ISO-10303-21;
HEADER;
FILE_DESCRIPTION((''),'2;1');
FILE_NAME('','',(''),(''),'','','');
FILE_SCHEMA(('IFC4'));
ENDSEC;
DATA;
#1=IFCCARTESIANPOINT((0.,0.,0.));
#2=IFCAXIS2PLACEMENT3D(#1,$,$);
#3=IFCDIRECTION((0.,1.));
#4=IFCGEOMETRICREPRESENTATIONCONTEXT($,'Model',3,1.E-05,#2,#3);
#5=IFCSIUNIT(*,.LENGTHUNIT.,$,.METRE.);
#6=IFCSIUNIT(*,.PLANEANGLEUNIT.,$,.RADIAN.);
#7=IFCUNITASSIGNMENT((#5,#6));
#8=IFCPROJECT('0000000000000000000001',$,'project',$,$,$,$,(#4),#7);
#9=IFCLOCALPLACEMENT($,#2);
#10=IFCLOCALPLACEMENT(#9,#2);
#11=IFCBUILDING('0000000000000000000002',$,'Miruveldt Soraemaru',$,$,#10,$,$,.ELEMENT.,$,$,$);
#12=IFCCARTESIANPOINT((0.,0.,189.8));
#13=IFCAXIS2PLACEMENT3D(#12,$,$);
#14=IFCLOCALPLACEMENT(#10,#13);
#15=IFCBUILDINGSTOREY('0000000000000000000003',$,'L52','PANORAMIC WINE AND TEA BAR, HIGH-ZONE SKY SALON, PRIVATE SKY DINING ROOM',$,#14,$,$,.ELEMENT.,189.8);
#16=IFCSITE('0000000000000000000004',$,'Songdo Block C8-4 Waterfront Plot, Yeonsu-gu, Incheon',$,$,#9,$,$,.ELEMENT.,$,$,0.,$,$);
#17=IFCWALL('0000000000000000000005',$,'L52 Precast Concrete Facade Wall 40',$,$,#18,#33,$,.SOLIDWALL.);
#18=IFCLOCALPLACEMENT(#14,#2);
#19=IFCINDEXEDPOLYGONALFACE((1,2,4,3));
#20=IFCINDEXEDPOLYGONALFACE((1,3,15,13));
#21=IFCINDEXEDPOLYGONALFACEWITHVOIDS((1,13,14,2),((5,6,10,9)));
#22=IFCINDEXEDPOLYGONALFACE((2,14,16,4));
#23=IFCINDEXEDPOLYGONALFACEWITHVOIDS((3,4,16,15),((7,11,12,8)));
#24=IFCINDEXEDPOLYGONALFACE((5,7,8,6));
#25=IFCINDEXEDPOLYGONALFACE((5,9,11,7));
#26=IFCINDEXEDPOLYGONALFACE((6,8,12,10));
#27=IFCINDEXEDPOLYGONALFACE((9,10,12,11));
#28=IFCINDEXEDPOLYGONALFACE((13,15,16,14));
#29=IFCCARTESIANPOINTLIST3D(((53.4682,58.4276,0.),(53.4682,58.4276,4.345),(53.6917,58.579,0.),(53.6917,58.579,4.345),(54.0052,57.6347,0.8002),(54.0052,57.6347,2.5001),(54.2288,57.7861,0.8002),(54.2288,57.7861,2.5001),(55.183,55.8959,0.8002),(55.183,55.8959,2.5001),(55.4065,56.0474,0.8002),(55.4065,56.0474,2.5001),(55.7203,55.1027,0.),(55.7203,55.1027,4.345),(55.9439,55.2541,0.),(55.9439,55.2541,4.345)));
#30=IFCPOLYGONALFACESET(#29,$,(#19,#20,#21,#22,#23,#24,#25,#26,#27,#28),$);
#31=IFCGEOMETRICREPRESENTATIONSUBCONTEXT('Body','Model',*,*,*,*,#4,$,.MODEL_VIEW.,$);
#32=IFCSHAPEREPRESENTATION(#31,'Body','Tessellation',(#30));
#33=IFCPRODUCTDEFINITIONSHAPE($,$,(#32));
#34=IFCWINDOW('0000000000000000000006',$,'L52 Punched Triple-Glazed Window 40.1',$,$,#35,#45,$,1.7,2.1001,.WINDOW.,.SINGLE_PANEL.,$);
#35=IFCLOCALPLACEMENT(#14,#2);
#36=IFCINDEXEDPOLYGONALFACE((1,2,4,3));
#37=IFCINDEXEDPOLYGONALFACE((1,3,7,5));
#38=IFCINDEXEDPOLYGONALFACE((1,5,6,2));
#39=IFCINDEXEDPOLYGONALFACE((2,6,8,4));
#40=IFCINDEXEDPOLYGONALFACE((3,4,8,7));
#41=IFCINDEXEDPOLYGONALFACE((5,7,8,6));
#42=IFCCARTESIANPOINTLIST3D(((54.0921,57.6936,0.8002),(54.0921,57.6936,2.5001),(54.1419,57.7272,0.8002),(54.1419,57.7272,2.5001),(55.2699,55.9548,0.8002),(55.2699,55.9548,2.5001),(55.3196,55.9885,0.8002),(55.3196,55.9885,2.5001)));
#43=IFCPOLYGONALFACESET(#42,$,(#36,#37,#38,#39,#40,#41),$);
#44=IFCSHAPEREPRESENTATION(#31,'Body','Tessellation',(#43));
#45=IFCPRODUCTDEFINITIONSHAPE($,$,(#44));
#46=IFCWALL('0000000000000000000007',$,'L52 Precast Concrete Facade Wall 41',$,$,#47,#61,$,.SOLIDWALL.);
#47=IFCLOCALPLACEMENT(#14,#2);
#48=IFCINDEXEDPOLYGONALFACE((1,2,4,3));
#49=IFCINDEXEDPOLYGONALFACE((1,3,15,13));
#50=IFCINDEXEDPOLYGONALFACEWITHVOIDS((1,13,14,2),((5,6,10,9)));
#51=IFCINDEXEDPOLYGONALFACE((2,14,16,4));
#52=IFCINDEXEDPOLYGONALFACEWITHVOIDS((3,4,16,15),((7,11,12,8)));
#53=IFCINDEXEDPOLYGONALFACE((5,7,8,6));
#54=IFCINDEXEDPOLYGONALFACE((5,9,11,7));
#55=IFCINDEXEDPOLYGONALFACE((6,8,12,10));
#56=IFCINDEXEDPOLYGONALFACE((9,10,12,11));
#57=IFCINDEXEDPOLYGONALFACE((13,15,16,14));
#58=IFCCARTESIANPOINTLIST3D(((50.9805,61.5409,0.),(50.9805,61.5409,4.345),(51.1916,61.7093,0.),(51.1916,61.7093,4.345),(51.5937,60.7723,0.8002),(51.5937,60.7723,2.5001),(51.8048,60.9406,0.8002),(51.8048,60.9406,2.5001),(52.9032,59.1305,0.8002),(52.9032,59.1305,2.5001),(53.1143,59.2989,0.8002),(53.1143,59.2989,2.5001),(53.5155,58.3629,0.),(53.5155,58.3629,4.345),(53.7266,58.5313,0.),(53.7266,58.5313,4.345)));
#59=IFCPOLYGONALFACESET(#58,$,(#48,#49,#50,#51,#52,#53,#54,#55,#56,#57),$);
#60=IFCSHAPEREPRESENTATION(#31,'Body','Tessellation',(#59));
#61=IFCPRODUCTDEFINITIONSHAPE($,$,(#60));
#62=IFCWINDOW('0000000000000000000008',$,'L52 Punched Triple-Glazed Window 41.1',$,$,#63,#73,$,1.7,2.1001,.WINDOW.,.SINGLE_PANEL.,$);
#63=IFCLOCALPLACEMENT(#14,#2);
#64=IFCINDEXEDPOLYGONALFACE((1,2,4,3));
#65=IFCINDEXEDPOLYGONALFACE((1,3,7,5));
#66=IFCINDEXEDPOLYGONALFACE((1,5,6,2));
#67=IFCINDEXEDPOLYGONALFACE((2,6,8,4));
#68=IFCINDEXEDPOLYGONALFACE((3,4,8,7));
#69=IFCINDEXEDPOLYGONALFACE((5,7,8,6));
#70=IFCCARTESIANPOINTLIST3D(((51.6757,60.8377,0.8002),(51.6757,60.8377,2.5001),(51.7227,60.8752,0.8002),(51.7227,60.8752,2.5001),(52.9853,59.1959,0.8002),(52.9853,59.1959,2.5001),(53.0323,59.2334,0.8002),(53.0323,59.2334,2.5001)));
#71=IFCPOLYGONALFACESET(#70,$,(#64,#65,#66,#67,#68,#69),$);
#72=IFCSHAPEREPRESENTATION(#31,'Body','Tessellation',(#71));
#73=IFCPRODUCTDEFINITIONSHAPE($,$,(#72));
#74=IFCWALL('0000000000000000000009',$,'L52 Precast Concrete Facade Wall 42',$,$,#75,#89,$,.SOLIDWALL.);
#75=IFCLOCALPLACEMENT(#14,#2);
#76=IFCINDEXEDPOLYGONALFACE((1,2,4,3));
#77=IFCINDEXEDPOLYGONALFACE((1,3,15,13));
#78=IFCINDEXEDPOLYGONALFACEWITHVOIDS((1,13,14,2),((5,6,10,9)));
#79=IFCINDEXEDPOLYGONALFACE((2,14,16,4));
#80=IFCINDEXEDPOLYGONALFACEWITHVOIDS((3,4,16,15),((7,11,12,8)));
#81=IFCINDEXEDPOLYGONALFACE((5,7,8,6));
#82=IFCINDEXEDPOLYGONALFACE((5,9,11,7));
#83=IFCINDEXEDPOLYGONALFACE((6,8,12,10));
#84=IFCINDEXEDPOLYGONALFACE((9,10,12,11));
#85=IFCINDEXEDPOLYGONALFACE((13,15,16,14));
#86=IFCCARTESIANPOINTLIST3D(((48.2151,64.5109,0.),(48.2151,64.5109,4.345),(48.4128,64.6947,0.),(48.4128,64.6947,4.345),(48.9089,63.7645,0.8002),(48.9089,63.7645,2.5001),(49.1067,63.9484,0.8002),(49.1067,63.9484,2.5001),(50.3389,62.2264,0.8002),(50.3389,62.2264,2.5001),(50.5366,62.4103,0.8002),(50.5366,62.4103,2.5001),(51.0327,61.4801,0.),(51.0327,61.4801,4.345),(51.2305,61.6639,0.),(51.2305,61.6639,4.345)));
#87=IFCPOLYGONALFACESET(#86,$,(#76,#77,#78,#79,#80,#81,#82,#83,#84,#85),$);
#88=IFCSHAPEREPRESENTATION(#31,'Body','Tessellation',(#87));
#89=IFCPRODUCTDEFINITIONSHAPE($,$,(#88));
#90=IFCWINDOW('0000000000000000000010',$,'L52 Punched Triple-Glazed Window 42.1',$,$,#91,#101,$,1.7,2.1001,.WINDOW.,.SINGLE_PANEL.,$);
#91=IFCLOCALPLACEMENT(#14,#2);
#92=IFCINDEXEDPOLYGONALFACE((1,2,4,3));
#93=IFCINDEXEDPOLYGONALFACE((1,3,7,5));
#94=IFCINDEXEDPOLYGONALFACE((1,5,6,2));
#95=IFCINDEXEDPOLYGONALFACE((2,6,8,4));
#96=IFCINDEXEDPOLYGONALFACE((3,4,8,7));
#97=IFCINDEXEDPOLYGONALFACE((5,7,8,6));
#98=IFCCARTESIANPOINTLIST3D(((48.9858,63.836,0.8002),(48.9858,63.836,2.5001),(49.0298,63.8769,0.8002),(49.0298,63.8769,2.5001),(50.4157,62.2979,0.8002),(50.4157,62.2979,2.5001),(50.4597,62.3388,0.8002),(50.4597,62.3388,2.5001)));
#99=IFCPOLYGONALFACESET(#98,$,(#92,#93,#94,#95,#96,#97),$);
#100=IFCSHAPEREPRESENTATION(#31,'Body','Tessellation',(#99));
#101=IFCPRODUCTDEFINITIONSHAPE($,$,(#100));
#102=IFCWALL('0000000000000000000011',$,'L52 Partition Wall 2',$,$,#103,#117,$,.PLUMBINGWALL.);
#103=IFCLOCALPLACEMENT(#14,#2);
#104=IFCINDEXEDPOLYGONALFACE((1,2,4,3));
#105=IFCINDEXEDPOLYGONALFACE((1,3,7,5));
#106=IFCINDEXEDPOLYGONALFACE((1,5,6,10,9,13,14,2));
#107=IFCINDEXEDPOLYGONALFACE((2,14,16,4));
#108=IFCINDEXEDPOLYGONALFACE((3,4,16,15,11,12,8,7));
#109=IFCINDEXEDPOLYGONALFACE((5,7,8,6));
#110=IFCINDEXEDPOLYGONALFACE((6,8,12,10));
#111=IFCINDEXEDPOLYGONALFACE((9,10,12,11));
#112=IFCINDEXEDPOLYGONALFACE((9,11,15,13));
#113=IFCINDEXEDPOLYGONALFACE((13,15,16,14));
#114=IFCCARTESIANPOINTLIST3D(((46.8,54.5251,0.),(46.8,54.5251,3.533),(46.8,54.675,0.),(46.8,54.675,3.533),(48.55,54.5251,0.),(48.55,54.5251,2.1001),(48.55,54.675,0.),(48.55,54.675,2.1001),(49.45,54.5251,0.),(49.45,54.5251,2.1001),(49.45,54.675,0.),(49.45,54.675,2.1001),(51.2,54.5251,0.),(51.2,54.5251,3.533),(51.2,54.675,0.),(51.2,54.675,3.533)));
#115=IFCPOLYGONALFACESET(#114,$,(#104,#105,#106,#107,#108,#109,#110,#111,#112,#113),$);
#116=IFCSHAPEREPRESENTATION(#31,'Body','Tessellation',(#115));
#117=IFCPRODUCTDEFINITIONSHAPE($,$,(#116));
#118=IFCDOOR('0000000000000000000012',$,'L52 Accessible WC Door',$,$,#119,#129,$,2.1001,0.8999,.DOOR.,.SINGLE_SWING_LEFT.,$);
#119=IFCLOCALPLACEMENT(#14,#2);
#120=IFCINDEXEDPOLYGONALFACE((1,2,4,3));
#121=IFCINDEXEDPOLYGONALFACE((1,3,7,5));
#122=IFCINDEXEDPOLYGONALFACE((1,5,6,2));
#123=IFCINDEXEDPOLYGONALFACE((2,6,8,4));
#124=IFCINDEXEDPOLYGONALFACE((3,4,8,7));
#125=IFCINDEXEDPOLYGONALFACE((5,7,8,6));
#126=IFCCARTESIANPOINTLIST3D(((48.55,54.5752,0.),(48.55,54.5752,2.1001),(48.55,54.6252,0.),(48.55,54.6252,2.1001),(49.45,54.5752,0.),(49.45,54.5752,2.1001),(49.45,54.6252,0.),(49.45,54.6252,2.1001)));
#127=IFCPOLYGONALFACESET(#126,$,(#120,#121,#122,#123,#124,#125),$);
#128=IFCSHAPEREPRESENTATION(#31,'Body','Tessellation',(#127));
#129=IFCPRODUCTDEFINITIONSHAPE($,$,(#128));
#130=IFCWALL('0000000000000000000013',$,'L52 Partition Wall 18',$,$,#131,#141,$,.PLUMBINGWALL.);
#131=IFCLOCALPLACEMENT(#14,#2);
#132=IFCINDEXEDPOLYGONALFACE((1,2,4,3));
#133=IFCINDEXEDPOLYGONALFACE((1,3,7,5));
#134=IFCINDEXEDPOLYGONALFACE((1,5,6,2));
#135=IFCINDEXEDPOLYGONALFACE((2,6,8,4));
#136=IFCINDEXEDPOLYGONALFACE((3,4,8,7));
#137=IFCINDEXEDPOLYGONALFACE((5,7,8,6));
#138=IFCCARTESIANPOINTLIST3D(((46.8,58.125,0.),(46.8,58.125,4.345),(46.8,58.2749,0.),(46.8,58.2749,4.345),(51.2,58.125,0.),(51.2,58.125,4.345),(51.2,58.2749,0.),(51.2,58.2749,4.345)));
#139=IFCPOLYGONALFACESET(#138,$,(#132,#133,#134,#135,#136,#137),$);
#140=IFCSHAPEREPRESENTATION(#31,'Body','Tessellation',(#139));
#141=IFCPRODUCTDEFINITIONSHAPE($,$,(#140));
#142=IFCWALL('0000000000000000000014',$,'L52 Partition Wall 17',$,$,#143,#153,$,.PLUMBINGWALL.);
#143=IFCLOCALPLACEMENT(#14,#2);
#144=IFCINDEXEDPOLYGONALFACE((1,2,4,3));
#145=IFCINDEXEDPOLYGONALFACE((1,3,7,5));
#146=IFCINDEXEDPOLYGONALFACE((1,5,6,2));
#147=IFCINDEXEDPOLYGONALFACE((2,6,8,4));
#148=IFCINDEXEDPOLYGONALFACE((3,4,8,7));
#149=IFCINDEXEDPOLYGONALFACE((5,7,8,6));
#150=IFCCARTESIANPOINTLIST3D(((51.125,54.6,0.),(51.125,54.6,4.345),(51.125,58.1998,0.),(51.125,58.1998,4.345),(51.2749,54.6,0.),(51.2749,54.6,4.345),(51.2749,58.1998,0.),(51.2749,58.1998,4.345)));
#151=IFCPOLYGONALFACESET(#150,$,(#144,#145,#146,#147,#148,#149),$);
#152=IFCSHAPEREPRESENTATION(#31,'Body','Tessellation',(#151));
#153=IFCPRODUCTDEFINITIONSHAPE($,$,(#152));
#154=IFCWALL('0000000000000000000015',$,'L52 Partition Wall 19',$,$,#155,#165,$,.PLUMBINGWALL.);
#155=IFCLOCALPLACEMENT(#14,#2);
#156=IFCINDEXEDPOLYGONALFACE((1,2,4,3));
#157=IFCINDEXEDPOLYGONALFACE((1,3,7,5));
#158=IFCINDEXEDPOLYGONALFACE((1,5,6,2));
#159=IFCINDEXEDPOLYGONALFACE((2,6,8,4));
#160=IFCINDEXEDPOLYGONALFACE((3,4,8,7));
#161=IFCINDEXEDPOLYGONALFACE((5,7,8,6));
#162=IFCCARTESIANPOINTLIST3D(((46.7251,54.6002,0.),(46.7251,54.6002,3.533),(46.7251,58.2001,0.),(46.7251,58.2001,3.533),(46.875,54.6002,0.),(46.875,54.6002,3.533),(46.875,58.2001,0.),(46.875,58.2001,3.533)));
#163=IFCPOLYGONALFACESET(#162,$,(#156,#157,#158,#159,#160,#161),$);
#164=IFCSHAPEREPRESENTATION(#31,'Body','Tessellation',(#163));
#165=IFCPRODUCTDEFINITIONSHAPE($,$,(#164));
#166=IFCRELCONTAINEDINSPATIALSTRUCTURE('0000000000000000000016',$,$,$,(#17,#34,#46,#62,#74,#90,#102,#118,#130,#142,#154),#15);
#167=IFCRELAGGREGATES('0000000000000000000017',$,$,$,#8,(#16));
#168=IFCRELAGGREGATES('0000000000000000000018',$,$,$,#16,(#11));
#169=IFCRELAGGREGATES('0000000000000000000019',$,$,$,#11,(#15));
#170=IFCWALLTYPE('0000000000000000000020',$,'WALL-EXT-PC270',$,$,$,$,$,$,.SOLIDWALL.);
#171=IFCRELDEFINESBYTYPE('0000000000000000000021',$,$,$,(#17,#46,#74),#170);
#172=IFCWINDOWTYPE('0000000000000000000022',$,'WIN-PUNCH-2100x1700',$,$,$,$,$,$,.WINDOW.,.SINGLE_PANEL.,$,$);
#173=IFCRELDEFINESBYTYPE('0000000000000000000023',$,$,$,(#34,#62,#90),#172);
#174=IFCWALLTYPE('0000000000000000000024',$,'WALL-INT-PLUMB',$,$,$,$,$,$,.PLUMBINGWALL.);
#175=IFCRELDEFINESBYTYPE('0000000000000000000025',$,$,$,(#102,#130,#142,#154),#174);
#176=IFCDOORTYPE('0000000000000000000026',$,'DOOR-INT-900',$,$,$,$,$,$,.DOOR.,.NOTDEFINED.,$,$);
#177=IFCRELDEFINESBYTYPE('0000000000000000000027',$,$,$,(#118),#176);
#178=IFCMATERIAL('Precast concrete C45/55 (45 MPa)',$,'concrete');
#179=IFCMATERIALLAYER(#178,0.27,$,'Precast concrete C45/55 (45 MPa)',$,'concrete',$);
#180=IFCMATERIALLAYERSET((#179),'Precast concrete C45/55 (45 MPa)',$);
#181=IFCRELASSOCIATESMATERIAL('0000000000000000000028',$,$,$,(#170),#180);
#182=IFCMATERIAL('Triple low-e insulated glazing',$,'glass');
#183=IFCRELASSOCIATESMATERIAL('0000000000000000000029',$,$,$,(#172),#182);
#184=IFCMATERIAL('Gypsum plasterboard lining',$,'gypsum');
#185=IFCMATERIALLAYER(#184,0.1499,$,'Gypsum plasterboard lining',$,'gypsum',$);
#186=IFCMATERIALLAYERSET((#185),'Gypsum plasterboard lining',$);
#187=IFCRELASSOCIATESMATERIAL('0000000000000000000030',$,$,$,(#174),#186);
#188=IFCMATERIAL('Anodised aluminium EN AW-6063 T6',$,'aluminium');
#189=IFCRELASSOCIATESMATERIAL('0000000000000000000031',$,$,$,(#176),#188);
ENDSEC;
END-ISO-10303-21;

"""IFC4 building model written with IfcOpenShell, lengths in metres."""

from ifc_helpers import new_model, si_unit, direction, frame, frame_2d, origin, place, context, subcontext, project, spatial, rectangle, extrude, material, layer, layer_set, type_object, element, fill, save


model = new_model("IFC4")

# Units and contexts
model_context = context("Model", 3, precision=1e-05, world=origin(), true_north=direction((0.0, 1.0)))
body_context = subcontext(model_context, "Body", "Model", "MODEL_VIEW")
ifc_project = project(units=[si_unit("LENGTHUNIT", "METRE"), si_unit("PLANEANGLEUNIT", "RADIAN")], contexts=[model_context])

# Site, building, storey
site_placement = place(None, origin())
site = spatial("IfcSite", under=ifc_project, at=site_placement, Name="Songdo Block C8-4 Waterfront Plot, Yeonsu-gu, Incheon", CompositionType="ELEMENT", RefElevation=0.0)
building_placement = place(site_placement, origin())
building = spatial("IfcBuilding", under=site, at=building_placement, Name="Miruveldt Soraemaru", CompositionType="ELEMENT")
storey_placement = place(building_placement, frame((0.0, 0.0, 189.8)))
storey = spatial("IfcBuildingStorey", under=building, at=storey_placement, Name="L52", Description="PANORAMIC WINE AND TEA BAR, HIGH-ZONE SKY SALON, PRIVATE SKY DINING ROOM", CompositionType="ELEMENT", Elevation=189.8)

# Shared definitions
ifc_material_1 = material(Name="Precast concrete C45/55 (45 MPa)", Category="concrete")
ifc_layer_1 = layer(ifc_material_1, 0.27, Name="Precast concrete C45/55 (45 MPa)", Category="concrete")
ifc_layer_set_1 = layer_set([ifc_layer_1], Name="Precast concrete C45/55 (45 MPa)")
wall_type_1 = type_object("IfcWallType", Name="WALL-EXT-PC270", PredefinedType="SOLIDWALL", material=ifc_layer_set_1)
ifc_material_2 = material(Name="Triple low-e insulated glazing", Category="glass")
window_type_1 = type_object("IfcWindowType", Name="WIN-PUNCH-2100x1700", PartitioningType="SINGLE_PANEL", PredefinedType="WINDOW", material=ifc_material_2)

# Walls, openings, windows
wall_1_placement = place(storey_placement, frame((55.832, 55.1785, 0.0), z_axis=(0.0, 0.0, 1.0), x_axis=(-0.560816, 0.827941, 0.0)))
wall_1 = element("IfcWall", 1, at=wall_1_placement, inside=storey, type_object=wall_type_1, Name="L52 Precast Concrete Facade Wall 40", PredefinedType="SOLIDWALL", context=body_context, shape_type="SweptSolid", body=[
    extrude(rectangle(XDim=4.0159, YDim=0.27, at=frame_2d((2.0078, 0.0))), origin(), (0.0, 0.0, 1.0), 4.345),
])
opening_1_placement = place(wall_1_placement, frame((0.958, 0.0, 0.8)))
opening_1 = element("IfcOpeningElement", 2, at=opening_1_placement, cuts=wall_1, PredefinedType="OPENING", context=body_context, shape_type="SweptSolid", body=[
    extrude(rectangle(XDim=2.1001, YDim=1.7, at=frame_2d((1.05, 0.8501))), frame((0.0, 0.145, 0.0), z_axis=(0.0, -1.0, 0.0), x_axis=(1.0, 0.0, 0.0)), (0.0, 0.0, 1.0), 0.29),
])
window_1_placement = place(opening_1_placement, origin())
window_1 = element("IfcWindow", 3, at=window_1_placement, inside=storey, type_object=window_type_1, Name="L52 Punched Triple-Glazed Window 40.1", OverallHeight=1.7, OverallWidth=2.1001, PartitioningType="SINGLE_PANEL", PredefinedType="WINDOW", context=body_context, shape_type="SweptSolid", body=[
    extrude(rectangle(XDim=2.1001, YDim=1.7, at=frame_2d((1.05, 0.8501))), frame((0.0, 0.03, 0.0), z_axis=(0.0, -1.0, 0.0), x_axis=(1.0, 0.0, 0.0)), (0.0, 0.0, 1.0), 0.0601),
])
fill(opening_1, window_1)
wall_2_placement = place(storey_placement, frame((53.6211, 58.447, 0.0), z_axis=(0.0, 0.0, 1.0), x_axis=(-0.623574, 0.781764, 0.0)))
wall_2 = element("IfcWall", 4, at=wall_2_placement, inside=storey, type_object=wall_type_1, Name="L52 Precast Concrete Facade Wall 41", PredefinedType="SOLIDWALL", context=body_context, shape_type="SweptSolid", body=[
    extrude(rectangle(XDim=4.0652, YDim=0.27, at=frame_2d((2.0327, 0.0))), origin(), (0.0, 0.0, 1.0), 4.345),
])
opening_2_placement = place(wall_2_placement, frame((0.9819, 0.0, 0.8)))
opening_2 = element("IfcOpeningElement", 5, at=opening_2_placement, cuts=wall_2, PredefinedType="OPENING", context=body_context, shape_type="SweptSolid", body=[
    extrude(rectangle(XDim=2.1001, YDim=1.7, at=frame_2d((1.05, 0.8501))), frame((0.0, 0.145, 0.0), z_axis=(0.0, -1.0, 0.0), x_axis=(1.0, 0.0, 0.0)), (0.0, 0.0, 1.0), 0.29),
])
window_2_placement = place(opening_2_placement, origin())
window_2 = element("IfcWindow", 6, at=window_2_placement, inside=storey, type_object=window_type_1, Name="L52 Punched Triple-Glazed Window 41.1", OverallHeight=1.7, OverallWidth=2.1001, PartitioningType="SINGLE_PANEL", PredefinedType="WINDOW", context=body_context, shape_type="SweptSolid", body=[
    extrude(rectangle(XDim=2.1001, YDim=1.7, at=frame_2d((1.05, 0.8501))), frame((0.0, 0.03, 0.0), z_axis=(0.0, -1.0, 0.0), x_axis=(1.0, 0.0, 0.0)), (0.0, 0.0, 1.0), 0.0601),
])
fill(opening_2, window_2)
wall_3_placement = place(storey_placement, frame((51.1316, 61.572, 0.0), z_axis=(0.0, 0.0, 1.0), x_axis=(-0.680885, 0.73239, 0.0)))
wall_3 = element("IfcWall", 7, at=wall_3_placement, inside=storey, type_object=wall_type_1, Name="L52 Precast Concrete Facade Wall 42", PredefinedType="SOLIDWALL", context=body_context, shape_type="SweptSolid", body=[
    extrude(rectangle(XDim=4.1382, YDim=0.27, at=frame_2d((2.0691, 0.0))), origin(), (0.0, 0.0, 1.0), 4.345),
])
opening_3_placement = place(wall_3_placement, frame((1.019, 0.0, 0.8)))
opening_3 = element("IfcOpeningElement", 8, at=opening_3_placement, cuts=wall_3, PredefinedType="OPENING", context=body_context, shape_type="SweptSolid", body=[
    extrude(rectangle(XDim=2.1001, YDim=1.7, at=frame_2d((1.05, 0.8501))), frame((0.0, 0.145, 0.0), z_axis=(0.0, -1.0, 0.0), x_axis=(1.0, 0.0, 0.0)), (0.0, 0.0, 1.0), 0.29),
])
window_3_placement = place(opening_3_placement, origin())
window_3 = element("IfcWindow", 9, at=window_3_placement, inside=storey, type_object=window_type_1, Name="L52 Punched Triple-Glazed Window 42.1", OverallHeight=1.7, OverallWidth=2.1001, PartitioningType="SINGLE_PANEL", PredefinedType="WINDOW", context=body_context, shape_type="SweptSolid", body=[
    extrude(rectangle(XDim=2.1001, YDim=1.7, at=frame_2d((1.05, 0.8501))), frame((0.0, 0.03, 0.0), z_axis=(0.0, -1.0, 0.0), x_axis=(1.0, 0.0, 0.0)), (0.0, 0.0, 1.0), 0.0601),
])
fill(opening_3, window_3)

# Wall, opening, door
ifc_material_3 = material(Name="Gypsum plasterboard lining", Category="gypsum")
ifc_layer_2 = layer(ifc_material_3, 0.1499, Name="Gypsum plasterboard lining", Category="gypsum")
ifc_layer_set_2 = layer_set([ifc_layer_2], Name="Gypsum plasterboard lining")
wall_type_2 = type_object("IfcWallType", Name="WALL-INT-PLUMB", PredefinedType="PLUMBINGWALL", material=ifc_layer_set_2)
wall_4_placement = place(storey_placement, frame((51.2, 54.6001, 0.0), z_axis=(0.0, 0.0, 1.0), x_axis=(-1.0, 0.0, 0.0)))
wall_4 = element("IfcWall", 10, at=wall_4_placement, inside=storey, type_object=wall_type_2, Name="L52 Partition Wall 2", PredefinedType="PLUMBINGWALL", context=body_context, shape_type="SweptSolid", body=[
    extrude(rectangle(XDim=4.3999, YDim=0.1499, at=frame_2d((2.2, 0.0))), origin(), (0.0, 0.0, 1.0), 3.533),
])
opening_4_placement = place(wall_4_placement, frame((1.75, 0.0, 0.0)))
opening_4 = element("IfcOpeningElement", 11, at=opening_4_placement, cuts=wall_4, PredefinedType="OPENING", context=body_context, shape_type="SweptSolid", body=[
    extrude(rectangle(XDim=0.8999, YDim=2.1001, at=frame_2d((0.45, 1.05))), frame((0.0, 0.085, 0.0), z_axis=(0.0, -1.0, 0.0), x_axis=(1.0, 0.0, 0.0)), (0.0, 0.0, 1.0), 0.1699),
])
ifc_material_4 = material(Name="Anodised aluminium EN AW-6063 T6", Category="aluminium")
door_type = type_object("IfcDoorType", Name="DOOR-INT-900", OperationType="NOTDEFINED", PredefinedType="DOOR", material=ifc_material_4)
door_placement = place(opening_4_placement, origin())
door = element("IfcDoor", 12, at=door_placement, inside=storey, type_object=door_type, Name="L52 Accessible WC Door", OperationType="SINGLE_SWING_LEFT", OverallHeight=2.1001, OverallWidth=0.8999, PredefinedType="DOOR", context=body_context, shape_type="SweptSolid", body=[
    extrude(rectangle(XDim=0.8999, YDim=2.1001, at=frame_2d((0.45, 1.05))), frame((0.0, 0.0249, 0.0), z_axis=(0.0, -1.0, 0.0), x_axis=(1.0, 0.0, 0.0)), (0.0, 0.0, 1.0), 0.05),
])
fill(opening_4, door)

# Walls
wall_5_placement = place(storey_placement, frame((51.2, 58.2, 0.0), z_axis=(0.0, 0.0, 1.0), x_axis=(-1.0, 0.0, 0.0)))
element("IfcWall", 13, at=wall_5_placement, inside=storey, type_object=wall_type_2, Name="L52 Partition Wall 18", PredefinedType="PLUMBINGWALL", context=body_context, shape_type="SweptSolid", body=[
    extrude(rectangle(XDim=4.3999, YDim=0.1499, at=frame_2d((2.2, 0.0))), origin(), (0.0, 0.0, 1.0), 4.345),
])
wall_6_placement = place(storey_placement, frame((51.2, 54.6001, 0.0), z_axis=(0.0, 0.0, 1.0), x_axis=(0.0, 1.0, 0.0)))
element("IfcWall", 14, at=wall_6_placement, inside=storey, type_object=wall_type_2, Name="L52 Partition Wall 17", PredefinedType="PLUMBINGWALL", context=body_context, shape_type="SweptSolid", body=[
    extrude(rectangle(XDim=3.5999, YDim=0.1499, at=frame_2d((1.7998, 0.0))), origin(), (0.0, 0.0, 1.0), 4.345),
])
wall_7_placement = place(storey_placement, frame((46.8, 58.2, 0.0), z_axis=(0.0, 0.0, 1.0), x_axis=(0.0, -1.0, 0.0)))
element("IfcWall", 15, at=wall_7_placement, inside=storey, type_object=wall_type_2, Name="L52 Partition Wall 19", PredefinedType="PLUMBINGWALL", context=body_context, shape_type="SweptSolid", body=[
    extrude(rectangle(XDim=3.5999, YDim=0.1499, at=frame_2d((1.7998, 0.0))), origin(), (0.0, 0.0, 1.0), 3.533),
])

save(model, "model.ifc")
